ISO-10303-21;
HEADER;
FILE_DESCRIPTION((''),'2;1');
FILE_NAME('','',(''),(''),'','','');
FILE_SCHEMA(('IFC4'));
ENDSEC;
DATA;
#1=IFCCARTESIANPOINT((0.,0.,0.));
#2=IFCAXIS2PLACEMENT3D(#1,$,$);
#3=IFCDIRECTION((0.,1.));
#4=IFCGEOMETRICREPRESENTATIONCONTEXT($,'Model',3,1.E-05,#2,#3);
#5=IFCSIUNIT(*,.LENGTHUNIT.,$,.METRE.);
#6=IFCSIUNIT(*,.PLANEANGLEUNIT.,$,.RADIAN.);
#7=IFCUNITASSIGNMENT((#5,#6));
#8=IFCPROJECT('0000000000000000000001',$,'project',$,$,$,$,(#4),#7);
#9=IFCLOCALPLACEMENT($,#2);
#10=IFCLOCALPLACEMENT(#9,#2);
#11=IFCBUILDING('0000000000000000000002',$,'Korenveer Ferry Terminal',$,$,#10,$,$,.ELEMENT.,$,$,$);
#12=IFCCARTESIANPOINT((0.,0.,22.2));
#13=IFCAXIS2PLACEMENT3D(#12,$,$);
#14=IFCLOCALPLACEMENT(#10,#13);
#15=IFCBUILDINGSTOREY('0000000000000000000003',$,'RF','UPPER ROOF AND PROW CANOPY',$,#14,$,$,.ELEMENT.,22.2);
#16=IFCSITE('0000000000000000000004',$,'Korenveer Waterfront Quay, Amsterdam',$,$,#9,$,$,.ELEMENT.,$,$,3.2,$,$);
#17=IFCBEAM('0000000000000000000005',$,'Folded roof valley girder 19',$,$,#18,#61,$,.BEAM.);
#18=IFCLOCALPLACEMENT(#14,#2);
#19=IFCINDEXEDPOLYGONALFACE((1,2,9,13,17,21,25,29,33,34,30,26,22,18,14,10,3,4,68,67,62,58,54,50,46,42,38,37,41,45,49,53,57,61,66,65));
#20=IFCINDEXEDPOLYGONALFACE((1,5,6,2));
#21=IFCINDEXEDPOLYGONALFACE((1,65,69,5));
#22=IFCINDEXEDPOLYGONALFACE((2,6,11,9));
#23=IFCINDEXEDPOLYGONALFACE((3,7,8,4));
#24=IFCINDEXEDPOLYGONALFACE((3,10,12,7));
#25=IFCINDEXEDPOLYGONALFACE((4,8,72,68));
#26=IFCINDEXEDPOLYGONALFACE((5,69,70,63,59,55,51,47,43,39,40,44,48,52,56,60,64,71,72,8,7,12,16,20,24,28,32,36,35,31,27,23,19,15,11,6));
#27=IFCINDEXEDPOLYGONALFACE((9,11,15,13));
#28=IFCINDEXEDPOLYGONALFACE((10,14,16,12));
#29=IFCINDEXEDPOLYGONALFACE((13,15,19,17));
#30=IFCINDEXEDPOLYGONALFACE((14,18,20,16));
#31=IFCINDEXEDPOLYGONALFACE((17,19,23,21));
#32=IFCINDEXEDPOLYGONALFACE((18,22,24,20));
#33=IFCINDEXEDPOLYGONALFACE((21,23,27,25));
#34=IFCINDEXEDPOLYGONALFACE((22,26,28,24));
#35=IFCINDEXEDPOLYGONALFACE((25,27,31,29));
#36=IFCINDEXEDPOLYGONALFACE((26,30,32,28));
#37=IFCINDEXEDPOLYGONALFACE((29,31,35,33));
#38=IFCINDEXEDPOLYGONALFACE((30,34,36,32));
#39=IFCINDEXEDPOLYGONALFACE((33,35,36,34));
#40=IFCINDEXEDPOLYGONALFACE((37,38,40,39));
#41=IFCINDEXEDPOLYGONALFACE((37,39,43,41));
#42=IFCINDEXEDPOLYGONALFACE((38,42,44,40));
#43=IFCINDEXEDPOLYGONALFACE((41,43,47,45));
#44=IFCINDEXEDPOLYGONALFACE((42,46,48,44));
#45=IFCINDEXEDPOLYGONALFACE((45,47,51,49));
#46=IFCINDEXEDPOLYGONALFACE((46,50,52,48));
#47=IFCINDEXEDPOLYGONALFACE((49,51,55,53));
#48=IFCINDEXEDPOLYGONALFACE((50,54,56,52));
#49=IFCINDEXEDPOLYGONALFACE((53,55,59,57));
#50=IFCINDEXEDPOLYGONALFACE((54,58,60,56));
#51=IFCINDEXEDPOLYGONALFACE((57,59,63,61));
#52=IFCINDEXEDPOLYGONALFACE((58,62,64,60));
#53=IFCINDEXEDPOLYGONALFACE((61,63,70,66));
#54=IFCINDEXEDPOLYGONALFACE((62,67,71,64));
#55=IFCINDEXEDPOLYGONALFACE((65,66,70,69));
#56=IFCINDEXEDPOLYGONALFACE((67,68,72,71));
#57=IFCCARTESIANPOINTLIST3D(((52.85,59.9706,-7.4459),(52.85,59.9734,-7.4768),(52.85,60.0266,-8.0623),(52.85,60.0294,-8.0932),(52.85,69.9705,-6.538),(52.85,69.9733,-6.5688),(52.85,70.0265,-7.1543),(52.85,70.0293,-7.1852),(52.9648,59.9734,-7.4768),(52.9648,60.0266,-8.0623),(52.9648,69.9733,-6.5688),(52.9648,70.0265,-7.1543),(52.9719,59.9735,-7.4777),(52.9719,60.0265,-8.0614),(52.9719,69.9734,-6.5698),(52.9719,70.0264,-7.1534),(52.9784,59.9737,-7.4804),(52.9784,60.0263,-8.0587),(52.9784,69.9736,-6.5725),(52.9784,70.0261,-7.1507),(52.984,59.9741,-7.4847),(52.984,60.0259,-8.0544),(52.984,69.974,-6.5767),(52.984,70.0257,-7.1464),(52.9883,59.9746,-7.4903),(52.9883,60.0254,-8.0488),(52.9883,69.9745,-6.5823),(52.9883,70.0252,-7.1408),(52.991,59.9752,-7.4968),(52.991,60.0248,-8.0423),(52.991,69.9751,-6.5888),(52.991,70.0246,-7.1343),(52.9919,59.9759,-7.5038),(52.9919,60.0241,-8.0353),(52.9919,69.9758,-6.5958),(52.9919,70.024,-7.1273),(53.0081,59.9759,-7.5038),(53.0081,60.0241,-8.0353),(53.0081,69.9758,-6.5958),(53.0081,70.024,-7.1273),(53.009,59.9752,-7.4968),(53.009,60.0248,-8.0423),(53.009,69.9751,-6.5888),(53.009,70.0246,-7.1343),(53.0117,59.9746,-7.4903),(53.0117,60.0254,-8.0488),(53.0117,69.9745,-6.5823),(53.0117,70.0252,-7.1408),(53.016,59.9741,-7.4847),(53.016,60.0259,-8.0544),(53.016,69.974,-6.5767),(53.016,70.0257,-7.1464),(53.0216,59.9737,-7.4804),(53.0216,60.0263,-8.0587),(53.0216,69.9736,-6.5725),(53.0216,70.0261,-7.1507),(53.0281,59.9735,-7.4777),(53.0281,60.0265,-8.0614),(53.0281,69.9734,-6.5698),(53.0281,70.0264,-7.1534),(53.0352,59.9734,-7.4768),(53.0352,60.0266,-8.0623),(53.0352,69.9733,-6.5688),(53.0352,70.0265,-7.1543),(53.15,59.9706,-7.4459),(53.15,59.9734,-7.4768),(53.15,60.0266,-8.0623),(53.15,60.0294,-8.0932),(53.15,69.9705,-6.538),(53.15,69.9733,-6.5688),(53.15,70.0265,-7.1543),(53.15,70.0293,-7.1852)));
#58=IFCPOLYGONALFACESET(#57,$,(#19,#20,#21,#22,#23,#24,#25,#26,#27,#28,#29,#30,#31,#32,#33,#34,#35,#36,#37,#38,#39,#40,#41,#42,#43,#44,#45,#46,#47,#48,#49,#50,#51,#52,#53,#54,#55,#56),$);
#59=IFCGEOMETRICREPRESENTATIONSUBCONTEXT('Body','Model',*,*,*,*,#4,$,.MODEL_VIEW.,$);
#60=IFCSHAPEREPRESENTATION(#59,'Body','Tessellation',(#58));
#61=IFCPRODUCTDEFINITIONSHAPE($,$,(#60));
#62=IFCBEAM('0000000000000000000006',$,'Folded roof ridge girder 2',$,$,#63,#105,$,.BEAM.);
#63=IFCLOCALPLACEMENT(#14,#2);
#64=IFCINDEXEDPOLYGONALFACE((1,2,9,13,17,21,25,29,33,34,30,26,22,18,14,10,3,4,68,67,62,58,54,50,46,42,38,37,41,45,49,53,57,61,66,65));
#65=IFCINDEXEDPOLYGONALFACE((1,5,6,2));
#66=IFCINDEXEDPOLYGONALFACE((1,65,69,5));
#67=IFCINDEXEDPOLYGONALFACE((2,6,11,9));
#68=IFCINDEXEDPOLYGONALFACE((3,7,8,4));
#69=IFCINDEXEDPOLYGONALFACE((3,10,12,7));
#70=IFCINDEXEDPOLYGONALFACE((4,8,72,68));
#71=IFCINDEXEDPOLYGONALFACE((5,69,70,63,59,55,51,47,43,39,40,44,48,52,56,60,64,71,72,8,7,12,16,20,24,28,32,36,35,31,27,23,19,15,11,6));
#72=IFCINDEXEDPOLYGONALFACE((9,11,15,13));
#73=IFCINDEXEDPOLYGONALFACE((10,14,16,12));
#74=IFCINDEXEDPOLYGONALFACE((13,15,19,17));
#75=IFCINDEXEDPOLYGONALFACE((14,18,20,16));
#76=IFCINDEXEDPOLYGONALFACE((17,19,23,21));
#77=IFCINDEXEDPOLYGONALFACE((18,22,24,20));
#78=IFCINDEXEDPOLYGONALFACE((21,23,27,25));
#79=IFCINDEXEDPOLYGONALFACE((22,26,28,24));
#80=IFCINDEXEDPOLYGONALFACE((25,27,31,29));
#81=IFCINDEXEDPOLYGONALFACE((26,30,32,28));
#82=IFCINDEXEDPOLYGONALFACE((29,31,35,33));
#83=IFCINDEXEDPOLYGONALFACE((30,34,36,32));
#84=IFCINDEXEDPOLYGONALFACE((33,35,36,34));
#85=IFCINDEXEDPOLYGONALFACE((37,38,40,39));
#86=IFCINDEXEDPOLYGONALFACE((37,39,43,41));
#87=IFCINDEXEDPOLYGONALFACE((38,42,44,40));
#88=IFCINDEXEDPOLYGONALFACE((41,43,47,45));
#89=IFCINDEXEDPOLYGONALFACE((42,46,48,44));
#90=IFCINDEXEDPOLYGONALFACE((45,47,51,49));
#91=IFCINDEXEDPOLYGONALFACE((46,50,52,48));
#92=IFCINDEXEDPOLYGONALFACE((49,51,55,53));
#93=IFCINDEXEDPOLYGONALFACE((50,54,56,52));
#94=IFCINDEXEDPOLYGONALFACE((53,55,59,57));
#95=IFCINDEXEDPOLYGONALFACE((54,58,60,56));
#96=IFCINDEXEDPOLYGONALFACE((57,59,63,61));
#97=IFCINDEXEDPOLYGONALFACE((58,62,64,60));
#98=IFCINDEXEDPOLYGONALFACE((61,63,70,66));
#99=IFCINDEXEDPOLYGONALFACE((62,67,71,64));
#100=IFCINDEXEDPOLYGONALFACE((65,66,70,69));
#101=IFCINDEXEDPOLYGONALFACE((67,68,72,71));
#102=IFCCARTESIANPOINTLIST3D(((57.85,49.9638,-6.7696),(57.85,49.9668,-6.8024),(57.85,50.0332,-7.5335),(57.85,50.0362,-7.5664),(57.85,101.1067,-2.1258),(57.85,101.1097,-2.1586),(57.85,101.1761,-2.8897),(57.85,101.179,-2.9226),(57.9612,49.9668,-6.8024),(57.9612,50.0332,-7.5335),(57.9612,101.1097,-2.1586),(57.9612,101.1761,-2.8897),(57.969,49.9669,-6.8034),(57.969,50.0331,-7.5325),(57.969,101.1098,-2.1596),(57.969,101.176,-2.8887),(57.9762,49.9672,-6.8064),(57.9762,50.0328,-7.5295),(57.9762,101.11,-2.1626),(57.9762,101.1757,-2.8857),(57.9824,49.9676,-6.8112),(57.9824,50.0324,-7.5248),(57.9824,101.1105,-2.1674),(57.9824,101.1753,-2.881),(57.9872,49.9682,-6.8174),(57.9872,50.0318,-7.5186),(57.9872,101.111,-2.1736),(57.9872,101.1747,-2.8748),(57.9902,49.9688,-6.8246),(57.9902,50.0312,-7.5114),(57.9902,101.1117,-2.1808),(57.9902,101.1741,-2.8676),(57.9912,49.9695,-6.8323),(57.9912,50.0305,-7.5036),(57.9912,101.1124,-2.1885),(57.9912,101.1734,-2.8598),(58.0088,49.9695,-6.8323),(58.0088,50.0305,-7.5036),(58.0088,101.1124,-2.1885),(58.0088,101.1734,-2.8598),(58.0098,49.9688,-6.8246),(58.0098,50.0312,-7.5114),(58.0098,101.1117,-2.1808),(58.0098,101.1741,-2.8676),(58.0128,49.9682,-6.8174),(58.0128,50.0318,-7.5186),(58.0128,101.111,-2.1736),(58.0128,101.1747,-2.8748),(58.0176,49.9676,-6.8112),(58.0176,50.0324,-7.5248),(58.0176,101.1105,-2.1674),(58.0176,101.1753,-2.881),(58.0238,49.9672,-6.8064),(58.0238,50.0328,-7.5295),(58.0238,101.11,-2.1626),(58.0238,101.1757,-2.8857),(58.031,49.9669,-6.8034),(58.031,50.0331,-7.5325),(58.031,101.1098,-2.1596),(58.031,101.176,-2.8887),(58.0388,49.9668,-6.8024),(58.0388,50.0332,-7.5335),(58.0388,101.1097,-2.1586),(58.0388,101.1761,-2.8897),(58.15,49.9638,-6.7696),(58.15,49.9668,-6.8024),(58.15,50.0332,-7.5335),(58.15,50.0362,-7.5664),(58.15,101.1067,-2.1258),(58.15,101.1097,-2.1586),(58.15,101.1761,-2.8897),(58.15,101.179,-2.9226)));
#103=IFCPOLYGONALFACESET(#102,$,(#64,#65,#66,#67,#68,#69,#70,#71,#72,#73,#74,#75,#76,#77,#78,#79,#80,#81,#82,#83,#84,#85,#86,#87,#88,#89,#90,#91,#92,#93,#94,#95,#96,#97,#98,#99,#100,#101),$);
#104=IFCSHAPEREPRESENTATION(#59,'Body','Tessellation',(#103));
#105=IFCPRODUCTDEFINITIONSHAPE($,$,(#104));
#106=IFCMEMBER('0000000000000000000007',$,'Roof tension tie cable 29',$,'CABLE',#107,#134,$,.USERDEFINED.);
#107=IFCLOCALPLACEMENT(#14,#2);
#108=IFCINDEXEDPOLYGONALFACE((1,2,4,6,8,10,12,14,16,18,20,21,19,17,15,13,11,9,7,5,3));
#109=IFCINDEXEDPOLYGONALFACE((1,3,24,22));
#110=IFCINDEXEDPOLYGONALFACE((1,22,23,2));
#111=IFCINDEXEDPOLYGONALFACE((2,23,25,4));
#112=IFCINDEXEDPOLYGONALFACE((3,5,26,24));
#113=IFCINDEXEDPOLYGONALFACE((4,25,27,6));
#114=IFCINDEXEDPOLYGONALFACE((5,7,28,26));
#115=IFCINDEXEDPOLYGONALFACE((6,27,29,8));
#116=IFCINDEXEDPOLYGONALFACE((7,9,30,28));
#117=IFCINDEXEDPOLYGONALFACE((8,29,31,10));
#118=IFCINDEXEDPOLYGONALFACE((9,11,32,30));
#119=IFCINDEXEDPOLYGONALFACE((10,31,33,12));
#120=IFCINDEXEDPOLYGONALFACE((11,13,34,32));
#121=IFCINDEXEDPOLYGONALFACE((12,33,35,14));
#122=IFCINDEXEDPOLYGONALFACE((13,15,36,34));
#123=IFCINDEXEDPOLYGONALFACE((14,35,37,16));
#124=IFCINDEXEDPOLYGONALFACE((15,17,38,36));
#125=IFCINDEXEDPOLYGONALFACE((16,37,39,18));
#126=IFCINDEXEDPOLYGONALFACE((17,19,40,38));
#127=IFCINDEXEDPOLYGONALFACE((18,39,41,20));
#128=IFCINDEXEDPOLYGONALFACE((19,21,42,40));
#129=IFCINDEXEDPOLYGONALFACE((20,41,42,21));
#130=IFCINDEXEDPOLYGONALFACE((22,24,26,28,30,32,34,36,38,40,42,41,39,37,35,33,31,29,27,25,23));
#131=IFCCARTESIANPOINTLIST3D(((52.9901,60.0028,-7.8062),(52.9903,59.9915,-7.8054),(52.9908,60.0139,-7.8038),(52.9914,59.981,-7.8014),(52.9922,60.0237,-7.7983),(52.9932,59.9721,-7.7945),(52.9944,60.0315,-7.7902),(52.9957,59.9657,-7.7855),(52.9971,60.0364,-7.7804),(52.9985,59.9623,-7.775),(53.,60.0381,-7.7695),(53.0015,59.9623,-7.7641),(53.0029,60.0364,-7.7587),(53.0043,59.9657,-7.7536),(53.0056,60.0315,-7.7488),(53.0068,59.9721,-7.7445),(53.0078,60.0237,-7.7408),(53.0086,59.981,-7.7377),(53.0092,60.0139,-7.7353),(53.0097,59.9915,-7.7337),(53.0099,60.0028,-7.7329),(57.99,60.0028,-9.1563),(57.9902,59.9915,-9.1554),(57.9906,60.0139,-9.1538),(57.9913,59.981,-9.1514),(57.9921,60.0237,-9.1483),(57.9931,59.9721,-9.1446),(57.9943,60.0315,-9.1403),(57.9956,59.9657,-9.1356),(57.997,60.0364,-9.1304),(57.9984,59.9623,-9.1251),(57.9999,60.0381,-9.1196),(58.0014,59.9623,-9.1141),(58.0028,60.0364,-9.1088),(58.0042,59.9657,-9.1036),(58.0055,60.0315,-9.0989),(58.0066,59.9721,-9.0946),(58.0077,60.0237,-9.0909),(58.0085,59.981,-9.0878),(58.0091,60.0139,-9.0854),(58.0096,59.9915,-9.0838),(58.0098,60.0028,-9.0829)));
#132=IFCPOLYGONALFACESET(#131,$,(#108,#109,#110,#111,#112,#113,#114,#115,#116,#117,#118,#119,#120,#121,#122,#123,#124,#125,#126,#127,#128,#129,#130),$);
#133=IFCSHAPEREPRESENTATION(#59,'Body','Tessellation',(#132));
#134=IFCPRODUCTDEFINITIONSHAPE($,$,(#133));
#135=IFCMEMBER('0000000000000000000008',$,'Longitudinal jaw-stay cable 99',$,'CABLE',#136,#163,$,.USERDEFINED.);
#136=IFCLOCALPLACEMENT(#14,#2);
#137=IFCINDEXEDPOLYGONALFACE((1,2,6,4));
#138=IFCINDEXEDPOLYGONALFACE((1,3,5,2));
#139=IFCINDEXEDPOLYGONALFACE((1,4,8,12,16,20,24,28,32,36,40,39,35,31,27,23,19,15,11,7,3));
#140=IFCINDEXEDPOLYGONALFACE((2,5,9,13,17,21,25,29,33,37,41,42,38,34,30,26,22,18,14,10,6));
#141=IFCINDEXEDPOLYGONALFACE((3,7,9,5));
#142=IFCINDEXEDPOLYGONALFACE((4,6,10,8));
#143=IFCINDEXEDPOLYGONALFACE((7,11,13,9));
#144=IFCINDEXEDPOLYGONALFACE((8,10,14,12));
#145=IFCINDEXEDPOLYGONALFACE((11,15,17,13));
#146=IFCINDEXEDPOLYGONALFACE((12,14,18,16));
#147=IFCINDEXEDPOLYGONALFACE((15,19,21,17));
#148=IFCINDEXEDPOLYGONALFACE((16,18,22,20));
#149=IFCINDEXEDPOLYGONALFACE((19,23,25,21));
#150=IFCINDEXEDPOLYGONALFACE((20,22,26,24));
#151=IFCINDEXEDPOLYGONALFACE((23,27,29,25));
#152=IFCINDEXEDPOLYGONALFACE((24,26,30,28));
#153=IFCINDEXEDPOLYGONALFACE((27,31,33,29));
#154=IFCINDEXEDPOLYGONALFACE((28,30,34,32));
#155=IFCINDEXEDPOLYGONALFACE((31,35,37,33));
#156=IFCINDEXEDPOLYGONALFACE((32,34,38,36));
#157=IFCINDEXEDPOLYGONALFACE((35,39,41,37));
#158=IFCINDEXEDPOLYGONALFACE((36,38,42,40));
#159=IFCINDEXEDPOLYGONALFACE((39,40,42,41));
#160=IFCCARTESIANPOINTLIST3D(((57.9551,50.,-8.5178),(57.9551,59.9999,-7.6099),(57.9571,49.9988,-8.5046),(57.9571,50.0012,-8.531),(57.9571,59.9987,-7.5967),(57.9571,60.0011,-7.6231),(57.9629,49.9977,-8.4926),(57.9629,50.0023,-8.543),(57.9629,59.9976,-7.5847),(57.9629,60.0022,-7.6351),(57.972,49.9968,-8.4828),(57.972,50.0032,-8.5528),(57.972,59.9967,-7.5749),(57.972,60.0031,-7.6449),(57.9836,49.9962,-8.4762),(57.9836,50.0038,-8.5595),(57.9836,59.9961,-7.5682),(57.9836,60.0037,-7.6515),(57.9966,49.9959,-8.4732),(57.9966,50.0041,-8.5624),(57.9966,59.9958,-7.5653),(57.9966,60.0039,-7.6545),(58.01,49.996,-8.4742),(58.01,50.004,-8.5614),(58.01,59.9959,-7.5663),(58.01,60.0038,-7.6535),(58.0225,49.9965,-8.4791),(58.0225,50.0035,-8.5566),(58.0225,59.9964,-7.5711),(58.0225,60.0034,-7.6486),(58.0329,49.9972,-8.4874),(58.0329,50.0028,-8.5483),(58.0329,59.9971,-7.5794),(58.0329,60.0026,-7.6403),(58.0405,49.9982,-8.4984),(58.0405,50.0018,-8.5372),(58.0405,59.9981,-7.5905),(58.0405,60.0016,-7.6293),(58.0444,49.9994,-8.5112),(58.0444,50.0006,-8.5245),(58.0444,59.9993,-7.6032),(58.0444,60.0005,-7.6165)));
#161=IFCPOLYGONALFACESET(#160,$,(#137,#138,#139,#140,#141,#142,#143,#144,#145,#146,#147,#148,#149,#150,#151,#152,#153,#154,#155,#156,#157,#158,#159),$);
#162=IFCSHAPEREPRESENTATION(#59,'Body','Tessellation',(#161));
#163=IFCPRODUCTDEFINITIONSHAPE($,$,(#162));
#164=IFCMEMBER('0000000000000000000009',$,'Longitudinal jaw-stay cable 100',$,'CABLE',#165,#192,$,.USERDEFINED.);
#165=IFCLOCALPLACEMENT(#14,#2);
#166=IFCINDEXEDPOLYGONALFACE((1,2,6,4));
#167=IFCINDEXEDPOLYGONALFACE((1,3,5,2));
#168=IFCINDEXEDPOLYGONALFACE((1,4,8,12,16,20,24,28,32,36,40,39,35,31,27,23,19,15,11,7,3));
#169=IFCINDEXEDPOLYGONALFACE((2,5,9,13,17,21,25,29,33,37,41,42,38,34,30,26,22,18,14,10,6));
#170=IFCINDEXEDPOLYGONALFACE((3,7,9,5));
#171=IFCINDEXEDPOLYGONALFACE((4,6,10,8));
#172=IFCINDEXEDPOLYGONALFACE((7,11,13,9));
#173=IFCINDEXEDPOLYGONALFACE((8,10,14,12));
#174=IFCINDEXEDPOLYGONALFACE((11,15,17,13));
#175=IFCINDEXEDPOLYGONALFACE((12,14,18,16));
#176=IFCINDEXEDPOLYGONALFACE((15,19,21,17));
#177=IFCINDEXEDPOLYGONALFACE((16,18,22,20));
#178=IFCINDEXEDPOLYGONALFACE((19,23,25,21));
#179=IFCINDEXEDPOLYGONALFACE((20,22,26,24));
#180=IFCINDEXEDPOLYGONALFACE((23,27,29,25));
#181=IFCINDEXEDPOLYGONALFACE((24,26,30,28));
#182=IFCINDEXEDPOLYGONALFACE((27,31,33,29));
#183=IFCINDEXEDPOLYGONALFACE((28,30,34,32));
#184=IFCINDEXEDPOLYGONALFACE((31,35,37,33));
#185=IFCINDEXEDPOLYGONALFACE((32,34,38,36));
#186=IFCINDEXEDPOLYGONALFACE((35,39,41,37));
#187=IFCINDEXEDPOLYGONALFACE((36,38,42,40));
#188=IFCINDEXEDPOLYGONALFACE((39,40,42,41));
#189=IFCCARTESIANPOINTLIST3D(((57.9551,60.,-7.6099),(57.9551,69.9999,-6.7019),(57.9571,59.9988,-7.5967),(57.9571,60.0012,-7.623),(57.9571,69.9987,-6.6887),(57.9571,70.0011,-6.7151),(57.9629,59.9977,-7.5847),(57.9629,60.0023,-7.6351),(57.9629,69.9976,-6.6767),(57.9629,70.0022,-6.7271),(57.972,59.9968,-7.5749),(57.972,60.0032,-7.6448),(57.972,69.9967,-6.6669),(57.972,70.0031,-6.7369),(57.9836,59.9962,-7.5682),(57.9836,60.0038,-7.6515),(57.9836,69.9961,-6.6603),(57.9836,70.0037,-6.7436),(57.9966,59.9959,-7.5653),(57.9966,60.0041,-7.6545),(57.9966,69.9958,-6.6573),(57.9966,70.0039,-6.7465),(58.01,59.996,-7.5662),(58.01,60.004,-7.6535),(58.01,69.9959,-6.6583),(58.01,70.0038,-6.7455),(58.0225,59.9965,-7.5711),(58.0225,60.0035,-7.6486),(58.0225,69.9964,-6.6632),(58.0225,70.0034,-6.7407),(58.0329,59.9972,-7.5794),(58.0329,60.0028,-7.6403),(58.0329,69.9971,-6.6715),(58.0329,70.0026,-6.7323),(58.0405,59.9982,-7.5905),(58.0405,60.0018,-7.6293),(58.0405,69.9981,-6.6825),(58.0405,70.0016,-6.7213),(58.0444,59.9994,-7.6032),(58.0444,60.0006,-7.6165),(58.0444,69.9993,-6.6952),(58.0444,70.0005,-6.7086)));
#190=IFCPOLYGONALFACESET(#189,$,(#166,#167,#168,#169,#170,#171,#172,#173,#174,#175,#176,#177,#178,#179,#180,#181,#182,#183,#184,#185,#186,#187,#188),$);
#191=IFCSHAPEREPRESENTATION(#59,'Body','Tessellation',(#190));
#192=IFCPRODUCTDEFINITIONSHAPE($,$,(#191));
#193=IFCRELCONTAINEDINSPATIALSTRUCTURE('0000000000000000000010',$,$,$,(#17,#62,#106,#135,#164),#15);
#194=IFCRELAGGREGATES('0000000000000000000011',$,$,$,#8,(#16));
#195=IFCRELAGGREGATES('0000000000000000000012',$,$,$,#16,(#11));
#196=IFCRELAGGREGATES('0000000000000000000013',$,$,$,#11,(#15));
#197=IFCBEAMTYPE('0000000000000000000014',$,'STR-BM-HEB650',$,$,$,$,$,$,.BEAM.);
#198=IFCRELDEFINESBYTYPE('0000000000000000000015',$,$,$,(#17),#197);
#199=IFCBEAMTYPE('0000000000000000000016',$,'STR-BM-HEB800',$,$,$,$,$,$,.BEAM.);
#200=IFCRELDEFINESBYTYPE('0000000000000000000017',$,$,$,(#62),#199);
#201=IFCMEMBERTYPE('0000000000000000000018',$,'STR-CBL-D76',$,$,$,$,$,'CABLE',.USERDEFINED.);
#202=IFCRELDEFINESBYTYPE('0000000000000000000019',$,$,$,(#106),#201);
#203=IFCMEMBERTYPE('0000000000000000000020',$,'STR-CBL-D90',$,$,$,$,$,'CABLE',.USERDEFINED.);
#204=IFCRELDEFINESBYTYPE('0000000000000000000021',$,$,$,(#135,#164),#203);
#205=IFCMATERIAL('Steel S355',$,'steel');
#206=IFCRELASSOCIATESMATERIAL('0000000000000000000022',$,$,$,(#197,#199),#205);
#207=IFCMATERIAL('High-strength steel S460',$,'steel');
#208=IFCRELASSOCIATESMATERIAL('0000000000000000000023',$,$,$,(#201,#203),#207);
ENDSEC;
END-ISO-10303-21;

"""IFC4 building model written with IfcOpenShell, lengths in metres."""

from ifc_helpers import new_model, si_unit, direction, frame, origin, origin_2d, place, context, subcontext, project, spatial, circle, i_section, extrude, material, material_profile, profile_set, type_object, element, save


model = new_model("IFC4")

# Units and contexts
model_context = context("Model", 3, precision=1e-05, world=origin(), true_north=direction((0.0, 1.0)))
body_context = subcontext(model_context, "Body", "Model", "MODEL_VIEW")
ifc_project = project(units=[si_unit("LENGTHUNIT", "METRE"), si_unit("PLANEANGLEUNIT", "RADIAN")], contexts=[model_context])

# Site, building, storey
site_placement = place(None, origin())
site = spatial("IfcSite", under=ifc_project, at=site_placement, Name="Korenveer Waterfront Quay, Amsterdam", CompositionType="ELEMENT", RefElevation=3.2)
building_placement = place(site_placement, origin())
building = spatial("IfcBuilding", under=site, at=building_placement, Name="Korenveer Ferry Terminal", CompositionType="ELEMENT")
storey_placement = place(building_placement, frame((0.0, 0.0, 22.2)))
storey = spatial("IfcBuildingStorey", under=building, at=storey_placement, Name="RF", Description="UPPER ROOF AND PROW CANOPY", CompositionType="ELEMENT", Elevation=22.2)

# Beams
ifc_material_1 = material(Name="Steel S355", Category="steel")
ifc_material_profile_1 = material_profile(ifc_material_1, i_section(OverallWidth=0.3, OverallDepth=0.6499, WebThickness=0.0161, FlangeThickness=0.031, FilletRadius=0.0271, at=origin_2d()), Name="HEB 650")
ifc_profile_set_1 = profile_set([ifc_material_profile_1], Name="Steel S355")
beam_type_1 = type_object("IfcBeamType", Name="STR-BM-HEB650", PredefinedType="BEAM", material=ifc_profile_set_1)
beam_1_placement = place(storey_placement, frame((53.0, 60.0, -7.7695), z_axis=(0.0, 0.995903, 0.090424), x_axis=(-1.0, 0.0, 0.0)))
element("IfcBeam", 1, at=beam_1_placement, inside=storey, type_object=beam_type_1, Name="Folded roof valley girder 19", PredefinedType="BEAM", context=body_context, shape_type="SweptSolid", body=[
    extrude(i_section(OverallWidth=0.3, OverallDepth=0.6499, WebThickness=0.0161, FlangeThickness=0.031, FilletRadius=0.0271, at=origin_2d()), origin(), (0.0, 0.0, 1.0), 10.041),
])
ifc_material_profile_2 = material_profile(ifc_material_1, i_section(OverallWidth=0.3, OverallDepth=0.8, WebThickness=0.0176, FlangeThickness=0.033, FilletRadius=0.03, at=origin_2d()), Name="HEB 800")
ifc_profile_set_2 = profile_set([ifc_material_profile_2], Name="Steel S355")
beam_type_2 = type_object("IfcBeamType", Name="STR-BM-HEB800", PredefinedType="BEAM", material=ifc_profile_set_2)
beam_2_placement = place(storey_placement, frame((58.0, 50.0, -7.168), z_axis=(0.0, 0.995903, 0.090429), x_axis=(-1.0, 0.0, 0.0)))
element("IfcBeam", 2, at=beam_2_placement, inside=storey, type_object=beam_type_2, Name="Folded roof ridge girder 2", PredefinedType="BEAM", context=body_context, shape_type="SweptSolid", body=[
    extrude(i_section(OverallWidth=0.3, OverallDepth=0.8, WebThickness=0.0176, FlangeThickness=0.033, FilletRadius=0.03, at=origin_2d()), origin(), (0.0, 0.0, 1.0), 51.3533),
])

# Members
ifc_material_2 = material(Name="High-strength steel S460", Category="steel")
ifc_material_profile_3 = material_profile(ifc_material_2, circle(Radius=0.0381, at=origin_2d()), Name="ROD D76")
ifc_profile_set_3 = profile_set([ifc_material_profile_3], Name="High-strength steel S460")
member_type_1 = type_object("IfcMemberType", Name="STR-CBL-D76", ElementType="CABLE", PredefinedType="USERDEFINED", material=ifc_profile_set_3)
member_1_placement = place(storey_placement, frame((53.0, 60.0, -7.7695), z_axis=(0.965424, 0.0, -0.260683), x_axis=(0.0, 1.0, 0.0)))
element("IfcMember", 3, at=member_1_placement, inside=storey, type_object=member_type_1, Name="Roof tension tie cable 29", ObjectType="CABLE", PredefinedType="USERDEFINED", context=body_context, shape_type="SweptSolid", body=[
    extrude(circle(Radius=0.0381, at=origin_2d()), origin(), (0.0, 0.0, 1.0), 5.179),
])
ifc_material_profile_4 = material_profile(ifc_material_2, circle(Radius=0.0449, at=origin_2d()), Name="ROD D90")
ifc_profile_set_4 = profile_set([ifc_material_profile_4], Name="High-strength steel S460")
member_type_2 = type_object("IfcMemberType", Name="STR-CBL-D90", ElementType="CABLE", PredefinedType="USERDEFINED", material=ifc_profile_set_4)
for number, where, z_axis, x_axis, name in (
    (4, (58.0, 50.0, -8.5178), (0.0, 0.995903, 0.090424), (-1.0, 0.0, 0.0), "Longitudinal jaw-stay cable 99"),
    (5, (58.0, 60.0, -7.6099), (0.0, 0.995903, 0.090424), (-1.0, 0.0, 0.0), "Longitudinal jaw-stay cable 100"),
):
    element("IfcMember", number, at=place(storey_placement, frame(where, z_axis=z_axis, x_axis=x_axis)), inside=storey, type_object=member_type_2, Name=name, ObjectType="CABLE", PredefinedType="USERDEFINED", context=body_context, shape_type="SweptSolid", body=[
        extrude(circle(Radius=0.0449, at=origin_2d()), origin(), (0.0, 0.0, 1.0), 10.041),
    ])

save(model, "model.ifc")
